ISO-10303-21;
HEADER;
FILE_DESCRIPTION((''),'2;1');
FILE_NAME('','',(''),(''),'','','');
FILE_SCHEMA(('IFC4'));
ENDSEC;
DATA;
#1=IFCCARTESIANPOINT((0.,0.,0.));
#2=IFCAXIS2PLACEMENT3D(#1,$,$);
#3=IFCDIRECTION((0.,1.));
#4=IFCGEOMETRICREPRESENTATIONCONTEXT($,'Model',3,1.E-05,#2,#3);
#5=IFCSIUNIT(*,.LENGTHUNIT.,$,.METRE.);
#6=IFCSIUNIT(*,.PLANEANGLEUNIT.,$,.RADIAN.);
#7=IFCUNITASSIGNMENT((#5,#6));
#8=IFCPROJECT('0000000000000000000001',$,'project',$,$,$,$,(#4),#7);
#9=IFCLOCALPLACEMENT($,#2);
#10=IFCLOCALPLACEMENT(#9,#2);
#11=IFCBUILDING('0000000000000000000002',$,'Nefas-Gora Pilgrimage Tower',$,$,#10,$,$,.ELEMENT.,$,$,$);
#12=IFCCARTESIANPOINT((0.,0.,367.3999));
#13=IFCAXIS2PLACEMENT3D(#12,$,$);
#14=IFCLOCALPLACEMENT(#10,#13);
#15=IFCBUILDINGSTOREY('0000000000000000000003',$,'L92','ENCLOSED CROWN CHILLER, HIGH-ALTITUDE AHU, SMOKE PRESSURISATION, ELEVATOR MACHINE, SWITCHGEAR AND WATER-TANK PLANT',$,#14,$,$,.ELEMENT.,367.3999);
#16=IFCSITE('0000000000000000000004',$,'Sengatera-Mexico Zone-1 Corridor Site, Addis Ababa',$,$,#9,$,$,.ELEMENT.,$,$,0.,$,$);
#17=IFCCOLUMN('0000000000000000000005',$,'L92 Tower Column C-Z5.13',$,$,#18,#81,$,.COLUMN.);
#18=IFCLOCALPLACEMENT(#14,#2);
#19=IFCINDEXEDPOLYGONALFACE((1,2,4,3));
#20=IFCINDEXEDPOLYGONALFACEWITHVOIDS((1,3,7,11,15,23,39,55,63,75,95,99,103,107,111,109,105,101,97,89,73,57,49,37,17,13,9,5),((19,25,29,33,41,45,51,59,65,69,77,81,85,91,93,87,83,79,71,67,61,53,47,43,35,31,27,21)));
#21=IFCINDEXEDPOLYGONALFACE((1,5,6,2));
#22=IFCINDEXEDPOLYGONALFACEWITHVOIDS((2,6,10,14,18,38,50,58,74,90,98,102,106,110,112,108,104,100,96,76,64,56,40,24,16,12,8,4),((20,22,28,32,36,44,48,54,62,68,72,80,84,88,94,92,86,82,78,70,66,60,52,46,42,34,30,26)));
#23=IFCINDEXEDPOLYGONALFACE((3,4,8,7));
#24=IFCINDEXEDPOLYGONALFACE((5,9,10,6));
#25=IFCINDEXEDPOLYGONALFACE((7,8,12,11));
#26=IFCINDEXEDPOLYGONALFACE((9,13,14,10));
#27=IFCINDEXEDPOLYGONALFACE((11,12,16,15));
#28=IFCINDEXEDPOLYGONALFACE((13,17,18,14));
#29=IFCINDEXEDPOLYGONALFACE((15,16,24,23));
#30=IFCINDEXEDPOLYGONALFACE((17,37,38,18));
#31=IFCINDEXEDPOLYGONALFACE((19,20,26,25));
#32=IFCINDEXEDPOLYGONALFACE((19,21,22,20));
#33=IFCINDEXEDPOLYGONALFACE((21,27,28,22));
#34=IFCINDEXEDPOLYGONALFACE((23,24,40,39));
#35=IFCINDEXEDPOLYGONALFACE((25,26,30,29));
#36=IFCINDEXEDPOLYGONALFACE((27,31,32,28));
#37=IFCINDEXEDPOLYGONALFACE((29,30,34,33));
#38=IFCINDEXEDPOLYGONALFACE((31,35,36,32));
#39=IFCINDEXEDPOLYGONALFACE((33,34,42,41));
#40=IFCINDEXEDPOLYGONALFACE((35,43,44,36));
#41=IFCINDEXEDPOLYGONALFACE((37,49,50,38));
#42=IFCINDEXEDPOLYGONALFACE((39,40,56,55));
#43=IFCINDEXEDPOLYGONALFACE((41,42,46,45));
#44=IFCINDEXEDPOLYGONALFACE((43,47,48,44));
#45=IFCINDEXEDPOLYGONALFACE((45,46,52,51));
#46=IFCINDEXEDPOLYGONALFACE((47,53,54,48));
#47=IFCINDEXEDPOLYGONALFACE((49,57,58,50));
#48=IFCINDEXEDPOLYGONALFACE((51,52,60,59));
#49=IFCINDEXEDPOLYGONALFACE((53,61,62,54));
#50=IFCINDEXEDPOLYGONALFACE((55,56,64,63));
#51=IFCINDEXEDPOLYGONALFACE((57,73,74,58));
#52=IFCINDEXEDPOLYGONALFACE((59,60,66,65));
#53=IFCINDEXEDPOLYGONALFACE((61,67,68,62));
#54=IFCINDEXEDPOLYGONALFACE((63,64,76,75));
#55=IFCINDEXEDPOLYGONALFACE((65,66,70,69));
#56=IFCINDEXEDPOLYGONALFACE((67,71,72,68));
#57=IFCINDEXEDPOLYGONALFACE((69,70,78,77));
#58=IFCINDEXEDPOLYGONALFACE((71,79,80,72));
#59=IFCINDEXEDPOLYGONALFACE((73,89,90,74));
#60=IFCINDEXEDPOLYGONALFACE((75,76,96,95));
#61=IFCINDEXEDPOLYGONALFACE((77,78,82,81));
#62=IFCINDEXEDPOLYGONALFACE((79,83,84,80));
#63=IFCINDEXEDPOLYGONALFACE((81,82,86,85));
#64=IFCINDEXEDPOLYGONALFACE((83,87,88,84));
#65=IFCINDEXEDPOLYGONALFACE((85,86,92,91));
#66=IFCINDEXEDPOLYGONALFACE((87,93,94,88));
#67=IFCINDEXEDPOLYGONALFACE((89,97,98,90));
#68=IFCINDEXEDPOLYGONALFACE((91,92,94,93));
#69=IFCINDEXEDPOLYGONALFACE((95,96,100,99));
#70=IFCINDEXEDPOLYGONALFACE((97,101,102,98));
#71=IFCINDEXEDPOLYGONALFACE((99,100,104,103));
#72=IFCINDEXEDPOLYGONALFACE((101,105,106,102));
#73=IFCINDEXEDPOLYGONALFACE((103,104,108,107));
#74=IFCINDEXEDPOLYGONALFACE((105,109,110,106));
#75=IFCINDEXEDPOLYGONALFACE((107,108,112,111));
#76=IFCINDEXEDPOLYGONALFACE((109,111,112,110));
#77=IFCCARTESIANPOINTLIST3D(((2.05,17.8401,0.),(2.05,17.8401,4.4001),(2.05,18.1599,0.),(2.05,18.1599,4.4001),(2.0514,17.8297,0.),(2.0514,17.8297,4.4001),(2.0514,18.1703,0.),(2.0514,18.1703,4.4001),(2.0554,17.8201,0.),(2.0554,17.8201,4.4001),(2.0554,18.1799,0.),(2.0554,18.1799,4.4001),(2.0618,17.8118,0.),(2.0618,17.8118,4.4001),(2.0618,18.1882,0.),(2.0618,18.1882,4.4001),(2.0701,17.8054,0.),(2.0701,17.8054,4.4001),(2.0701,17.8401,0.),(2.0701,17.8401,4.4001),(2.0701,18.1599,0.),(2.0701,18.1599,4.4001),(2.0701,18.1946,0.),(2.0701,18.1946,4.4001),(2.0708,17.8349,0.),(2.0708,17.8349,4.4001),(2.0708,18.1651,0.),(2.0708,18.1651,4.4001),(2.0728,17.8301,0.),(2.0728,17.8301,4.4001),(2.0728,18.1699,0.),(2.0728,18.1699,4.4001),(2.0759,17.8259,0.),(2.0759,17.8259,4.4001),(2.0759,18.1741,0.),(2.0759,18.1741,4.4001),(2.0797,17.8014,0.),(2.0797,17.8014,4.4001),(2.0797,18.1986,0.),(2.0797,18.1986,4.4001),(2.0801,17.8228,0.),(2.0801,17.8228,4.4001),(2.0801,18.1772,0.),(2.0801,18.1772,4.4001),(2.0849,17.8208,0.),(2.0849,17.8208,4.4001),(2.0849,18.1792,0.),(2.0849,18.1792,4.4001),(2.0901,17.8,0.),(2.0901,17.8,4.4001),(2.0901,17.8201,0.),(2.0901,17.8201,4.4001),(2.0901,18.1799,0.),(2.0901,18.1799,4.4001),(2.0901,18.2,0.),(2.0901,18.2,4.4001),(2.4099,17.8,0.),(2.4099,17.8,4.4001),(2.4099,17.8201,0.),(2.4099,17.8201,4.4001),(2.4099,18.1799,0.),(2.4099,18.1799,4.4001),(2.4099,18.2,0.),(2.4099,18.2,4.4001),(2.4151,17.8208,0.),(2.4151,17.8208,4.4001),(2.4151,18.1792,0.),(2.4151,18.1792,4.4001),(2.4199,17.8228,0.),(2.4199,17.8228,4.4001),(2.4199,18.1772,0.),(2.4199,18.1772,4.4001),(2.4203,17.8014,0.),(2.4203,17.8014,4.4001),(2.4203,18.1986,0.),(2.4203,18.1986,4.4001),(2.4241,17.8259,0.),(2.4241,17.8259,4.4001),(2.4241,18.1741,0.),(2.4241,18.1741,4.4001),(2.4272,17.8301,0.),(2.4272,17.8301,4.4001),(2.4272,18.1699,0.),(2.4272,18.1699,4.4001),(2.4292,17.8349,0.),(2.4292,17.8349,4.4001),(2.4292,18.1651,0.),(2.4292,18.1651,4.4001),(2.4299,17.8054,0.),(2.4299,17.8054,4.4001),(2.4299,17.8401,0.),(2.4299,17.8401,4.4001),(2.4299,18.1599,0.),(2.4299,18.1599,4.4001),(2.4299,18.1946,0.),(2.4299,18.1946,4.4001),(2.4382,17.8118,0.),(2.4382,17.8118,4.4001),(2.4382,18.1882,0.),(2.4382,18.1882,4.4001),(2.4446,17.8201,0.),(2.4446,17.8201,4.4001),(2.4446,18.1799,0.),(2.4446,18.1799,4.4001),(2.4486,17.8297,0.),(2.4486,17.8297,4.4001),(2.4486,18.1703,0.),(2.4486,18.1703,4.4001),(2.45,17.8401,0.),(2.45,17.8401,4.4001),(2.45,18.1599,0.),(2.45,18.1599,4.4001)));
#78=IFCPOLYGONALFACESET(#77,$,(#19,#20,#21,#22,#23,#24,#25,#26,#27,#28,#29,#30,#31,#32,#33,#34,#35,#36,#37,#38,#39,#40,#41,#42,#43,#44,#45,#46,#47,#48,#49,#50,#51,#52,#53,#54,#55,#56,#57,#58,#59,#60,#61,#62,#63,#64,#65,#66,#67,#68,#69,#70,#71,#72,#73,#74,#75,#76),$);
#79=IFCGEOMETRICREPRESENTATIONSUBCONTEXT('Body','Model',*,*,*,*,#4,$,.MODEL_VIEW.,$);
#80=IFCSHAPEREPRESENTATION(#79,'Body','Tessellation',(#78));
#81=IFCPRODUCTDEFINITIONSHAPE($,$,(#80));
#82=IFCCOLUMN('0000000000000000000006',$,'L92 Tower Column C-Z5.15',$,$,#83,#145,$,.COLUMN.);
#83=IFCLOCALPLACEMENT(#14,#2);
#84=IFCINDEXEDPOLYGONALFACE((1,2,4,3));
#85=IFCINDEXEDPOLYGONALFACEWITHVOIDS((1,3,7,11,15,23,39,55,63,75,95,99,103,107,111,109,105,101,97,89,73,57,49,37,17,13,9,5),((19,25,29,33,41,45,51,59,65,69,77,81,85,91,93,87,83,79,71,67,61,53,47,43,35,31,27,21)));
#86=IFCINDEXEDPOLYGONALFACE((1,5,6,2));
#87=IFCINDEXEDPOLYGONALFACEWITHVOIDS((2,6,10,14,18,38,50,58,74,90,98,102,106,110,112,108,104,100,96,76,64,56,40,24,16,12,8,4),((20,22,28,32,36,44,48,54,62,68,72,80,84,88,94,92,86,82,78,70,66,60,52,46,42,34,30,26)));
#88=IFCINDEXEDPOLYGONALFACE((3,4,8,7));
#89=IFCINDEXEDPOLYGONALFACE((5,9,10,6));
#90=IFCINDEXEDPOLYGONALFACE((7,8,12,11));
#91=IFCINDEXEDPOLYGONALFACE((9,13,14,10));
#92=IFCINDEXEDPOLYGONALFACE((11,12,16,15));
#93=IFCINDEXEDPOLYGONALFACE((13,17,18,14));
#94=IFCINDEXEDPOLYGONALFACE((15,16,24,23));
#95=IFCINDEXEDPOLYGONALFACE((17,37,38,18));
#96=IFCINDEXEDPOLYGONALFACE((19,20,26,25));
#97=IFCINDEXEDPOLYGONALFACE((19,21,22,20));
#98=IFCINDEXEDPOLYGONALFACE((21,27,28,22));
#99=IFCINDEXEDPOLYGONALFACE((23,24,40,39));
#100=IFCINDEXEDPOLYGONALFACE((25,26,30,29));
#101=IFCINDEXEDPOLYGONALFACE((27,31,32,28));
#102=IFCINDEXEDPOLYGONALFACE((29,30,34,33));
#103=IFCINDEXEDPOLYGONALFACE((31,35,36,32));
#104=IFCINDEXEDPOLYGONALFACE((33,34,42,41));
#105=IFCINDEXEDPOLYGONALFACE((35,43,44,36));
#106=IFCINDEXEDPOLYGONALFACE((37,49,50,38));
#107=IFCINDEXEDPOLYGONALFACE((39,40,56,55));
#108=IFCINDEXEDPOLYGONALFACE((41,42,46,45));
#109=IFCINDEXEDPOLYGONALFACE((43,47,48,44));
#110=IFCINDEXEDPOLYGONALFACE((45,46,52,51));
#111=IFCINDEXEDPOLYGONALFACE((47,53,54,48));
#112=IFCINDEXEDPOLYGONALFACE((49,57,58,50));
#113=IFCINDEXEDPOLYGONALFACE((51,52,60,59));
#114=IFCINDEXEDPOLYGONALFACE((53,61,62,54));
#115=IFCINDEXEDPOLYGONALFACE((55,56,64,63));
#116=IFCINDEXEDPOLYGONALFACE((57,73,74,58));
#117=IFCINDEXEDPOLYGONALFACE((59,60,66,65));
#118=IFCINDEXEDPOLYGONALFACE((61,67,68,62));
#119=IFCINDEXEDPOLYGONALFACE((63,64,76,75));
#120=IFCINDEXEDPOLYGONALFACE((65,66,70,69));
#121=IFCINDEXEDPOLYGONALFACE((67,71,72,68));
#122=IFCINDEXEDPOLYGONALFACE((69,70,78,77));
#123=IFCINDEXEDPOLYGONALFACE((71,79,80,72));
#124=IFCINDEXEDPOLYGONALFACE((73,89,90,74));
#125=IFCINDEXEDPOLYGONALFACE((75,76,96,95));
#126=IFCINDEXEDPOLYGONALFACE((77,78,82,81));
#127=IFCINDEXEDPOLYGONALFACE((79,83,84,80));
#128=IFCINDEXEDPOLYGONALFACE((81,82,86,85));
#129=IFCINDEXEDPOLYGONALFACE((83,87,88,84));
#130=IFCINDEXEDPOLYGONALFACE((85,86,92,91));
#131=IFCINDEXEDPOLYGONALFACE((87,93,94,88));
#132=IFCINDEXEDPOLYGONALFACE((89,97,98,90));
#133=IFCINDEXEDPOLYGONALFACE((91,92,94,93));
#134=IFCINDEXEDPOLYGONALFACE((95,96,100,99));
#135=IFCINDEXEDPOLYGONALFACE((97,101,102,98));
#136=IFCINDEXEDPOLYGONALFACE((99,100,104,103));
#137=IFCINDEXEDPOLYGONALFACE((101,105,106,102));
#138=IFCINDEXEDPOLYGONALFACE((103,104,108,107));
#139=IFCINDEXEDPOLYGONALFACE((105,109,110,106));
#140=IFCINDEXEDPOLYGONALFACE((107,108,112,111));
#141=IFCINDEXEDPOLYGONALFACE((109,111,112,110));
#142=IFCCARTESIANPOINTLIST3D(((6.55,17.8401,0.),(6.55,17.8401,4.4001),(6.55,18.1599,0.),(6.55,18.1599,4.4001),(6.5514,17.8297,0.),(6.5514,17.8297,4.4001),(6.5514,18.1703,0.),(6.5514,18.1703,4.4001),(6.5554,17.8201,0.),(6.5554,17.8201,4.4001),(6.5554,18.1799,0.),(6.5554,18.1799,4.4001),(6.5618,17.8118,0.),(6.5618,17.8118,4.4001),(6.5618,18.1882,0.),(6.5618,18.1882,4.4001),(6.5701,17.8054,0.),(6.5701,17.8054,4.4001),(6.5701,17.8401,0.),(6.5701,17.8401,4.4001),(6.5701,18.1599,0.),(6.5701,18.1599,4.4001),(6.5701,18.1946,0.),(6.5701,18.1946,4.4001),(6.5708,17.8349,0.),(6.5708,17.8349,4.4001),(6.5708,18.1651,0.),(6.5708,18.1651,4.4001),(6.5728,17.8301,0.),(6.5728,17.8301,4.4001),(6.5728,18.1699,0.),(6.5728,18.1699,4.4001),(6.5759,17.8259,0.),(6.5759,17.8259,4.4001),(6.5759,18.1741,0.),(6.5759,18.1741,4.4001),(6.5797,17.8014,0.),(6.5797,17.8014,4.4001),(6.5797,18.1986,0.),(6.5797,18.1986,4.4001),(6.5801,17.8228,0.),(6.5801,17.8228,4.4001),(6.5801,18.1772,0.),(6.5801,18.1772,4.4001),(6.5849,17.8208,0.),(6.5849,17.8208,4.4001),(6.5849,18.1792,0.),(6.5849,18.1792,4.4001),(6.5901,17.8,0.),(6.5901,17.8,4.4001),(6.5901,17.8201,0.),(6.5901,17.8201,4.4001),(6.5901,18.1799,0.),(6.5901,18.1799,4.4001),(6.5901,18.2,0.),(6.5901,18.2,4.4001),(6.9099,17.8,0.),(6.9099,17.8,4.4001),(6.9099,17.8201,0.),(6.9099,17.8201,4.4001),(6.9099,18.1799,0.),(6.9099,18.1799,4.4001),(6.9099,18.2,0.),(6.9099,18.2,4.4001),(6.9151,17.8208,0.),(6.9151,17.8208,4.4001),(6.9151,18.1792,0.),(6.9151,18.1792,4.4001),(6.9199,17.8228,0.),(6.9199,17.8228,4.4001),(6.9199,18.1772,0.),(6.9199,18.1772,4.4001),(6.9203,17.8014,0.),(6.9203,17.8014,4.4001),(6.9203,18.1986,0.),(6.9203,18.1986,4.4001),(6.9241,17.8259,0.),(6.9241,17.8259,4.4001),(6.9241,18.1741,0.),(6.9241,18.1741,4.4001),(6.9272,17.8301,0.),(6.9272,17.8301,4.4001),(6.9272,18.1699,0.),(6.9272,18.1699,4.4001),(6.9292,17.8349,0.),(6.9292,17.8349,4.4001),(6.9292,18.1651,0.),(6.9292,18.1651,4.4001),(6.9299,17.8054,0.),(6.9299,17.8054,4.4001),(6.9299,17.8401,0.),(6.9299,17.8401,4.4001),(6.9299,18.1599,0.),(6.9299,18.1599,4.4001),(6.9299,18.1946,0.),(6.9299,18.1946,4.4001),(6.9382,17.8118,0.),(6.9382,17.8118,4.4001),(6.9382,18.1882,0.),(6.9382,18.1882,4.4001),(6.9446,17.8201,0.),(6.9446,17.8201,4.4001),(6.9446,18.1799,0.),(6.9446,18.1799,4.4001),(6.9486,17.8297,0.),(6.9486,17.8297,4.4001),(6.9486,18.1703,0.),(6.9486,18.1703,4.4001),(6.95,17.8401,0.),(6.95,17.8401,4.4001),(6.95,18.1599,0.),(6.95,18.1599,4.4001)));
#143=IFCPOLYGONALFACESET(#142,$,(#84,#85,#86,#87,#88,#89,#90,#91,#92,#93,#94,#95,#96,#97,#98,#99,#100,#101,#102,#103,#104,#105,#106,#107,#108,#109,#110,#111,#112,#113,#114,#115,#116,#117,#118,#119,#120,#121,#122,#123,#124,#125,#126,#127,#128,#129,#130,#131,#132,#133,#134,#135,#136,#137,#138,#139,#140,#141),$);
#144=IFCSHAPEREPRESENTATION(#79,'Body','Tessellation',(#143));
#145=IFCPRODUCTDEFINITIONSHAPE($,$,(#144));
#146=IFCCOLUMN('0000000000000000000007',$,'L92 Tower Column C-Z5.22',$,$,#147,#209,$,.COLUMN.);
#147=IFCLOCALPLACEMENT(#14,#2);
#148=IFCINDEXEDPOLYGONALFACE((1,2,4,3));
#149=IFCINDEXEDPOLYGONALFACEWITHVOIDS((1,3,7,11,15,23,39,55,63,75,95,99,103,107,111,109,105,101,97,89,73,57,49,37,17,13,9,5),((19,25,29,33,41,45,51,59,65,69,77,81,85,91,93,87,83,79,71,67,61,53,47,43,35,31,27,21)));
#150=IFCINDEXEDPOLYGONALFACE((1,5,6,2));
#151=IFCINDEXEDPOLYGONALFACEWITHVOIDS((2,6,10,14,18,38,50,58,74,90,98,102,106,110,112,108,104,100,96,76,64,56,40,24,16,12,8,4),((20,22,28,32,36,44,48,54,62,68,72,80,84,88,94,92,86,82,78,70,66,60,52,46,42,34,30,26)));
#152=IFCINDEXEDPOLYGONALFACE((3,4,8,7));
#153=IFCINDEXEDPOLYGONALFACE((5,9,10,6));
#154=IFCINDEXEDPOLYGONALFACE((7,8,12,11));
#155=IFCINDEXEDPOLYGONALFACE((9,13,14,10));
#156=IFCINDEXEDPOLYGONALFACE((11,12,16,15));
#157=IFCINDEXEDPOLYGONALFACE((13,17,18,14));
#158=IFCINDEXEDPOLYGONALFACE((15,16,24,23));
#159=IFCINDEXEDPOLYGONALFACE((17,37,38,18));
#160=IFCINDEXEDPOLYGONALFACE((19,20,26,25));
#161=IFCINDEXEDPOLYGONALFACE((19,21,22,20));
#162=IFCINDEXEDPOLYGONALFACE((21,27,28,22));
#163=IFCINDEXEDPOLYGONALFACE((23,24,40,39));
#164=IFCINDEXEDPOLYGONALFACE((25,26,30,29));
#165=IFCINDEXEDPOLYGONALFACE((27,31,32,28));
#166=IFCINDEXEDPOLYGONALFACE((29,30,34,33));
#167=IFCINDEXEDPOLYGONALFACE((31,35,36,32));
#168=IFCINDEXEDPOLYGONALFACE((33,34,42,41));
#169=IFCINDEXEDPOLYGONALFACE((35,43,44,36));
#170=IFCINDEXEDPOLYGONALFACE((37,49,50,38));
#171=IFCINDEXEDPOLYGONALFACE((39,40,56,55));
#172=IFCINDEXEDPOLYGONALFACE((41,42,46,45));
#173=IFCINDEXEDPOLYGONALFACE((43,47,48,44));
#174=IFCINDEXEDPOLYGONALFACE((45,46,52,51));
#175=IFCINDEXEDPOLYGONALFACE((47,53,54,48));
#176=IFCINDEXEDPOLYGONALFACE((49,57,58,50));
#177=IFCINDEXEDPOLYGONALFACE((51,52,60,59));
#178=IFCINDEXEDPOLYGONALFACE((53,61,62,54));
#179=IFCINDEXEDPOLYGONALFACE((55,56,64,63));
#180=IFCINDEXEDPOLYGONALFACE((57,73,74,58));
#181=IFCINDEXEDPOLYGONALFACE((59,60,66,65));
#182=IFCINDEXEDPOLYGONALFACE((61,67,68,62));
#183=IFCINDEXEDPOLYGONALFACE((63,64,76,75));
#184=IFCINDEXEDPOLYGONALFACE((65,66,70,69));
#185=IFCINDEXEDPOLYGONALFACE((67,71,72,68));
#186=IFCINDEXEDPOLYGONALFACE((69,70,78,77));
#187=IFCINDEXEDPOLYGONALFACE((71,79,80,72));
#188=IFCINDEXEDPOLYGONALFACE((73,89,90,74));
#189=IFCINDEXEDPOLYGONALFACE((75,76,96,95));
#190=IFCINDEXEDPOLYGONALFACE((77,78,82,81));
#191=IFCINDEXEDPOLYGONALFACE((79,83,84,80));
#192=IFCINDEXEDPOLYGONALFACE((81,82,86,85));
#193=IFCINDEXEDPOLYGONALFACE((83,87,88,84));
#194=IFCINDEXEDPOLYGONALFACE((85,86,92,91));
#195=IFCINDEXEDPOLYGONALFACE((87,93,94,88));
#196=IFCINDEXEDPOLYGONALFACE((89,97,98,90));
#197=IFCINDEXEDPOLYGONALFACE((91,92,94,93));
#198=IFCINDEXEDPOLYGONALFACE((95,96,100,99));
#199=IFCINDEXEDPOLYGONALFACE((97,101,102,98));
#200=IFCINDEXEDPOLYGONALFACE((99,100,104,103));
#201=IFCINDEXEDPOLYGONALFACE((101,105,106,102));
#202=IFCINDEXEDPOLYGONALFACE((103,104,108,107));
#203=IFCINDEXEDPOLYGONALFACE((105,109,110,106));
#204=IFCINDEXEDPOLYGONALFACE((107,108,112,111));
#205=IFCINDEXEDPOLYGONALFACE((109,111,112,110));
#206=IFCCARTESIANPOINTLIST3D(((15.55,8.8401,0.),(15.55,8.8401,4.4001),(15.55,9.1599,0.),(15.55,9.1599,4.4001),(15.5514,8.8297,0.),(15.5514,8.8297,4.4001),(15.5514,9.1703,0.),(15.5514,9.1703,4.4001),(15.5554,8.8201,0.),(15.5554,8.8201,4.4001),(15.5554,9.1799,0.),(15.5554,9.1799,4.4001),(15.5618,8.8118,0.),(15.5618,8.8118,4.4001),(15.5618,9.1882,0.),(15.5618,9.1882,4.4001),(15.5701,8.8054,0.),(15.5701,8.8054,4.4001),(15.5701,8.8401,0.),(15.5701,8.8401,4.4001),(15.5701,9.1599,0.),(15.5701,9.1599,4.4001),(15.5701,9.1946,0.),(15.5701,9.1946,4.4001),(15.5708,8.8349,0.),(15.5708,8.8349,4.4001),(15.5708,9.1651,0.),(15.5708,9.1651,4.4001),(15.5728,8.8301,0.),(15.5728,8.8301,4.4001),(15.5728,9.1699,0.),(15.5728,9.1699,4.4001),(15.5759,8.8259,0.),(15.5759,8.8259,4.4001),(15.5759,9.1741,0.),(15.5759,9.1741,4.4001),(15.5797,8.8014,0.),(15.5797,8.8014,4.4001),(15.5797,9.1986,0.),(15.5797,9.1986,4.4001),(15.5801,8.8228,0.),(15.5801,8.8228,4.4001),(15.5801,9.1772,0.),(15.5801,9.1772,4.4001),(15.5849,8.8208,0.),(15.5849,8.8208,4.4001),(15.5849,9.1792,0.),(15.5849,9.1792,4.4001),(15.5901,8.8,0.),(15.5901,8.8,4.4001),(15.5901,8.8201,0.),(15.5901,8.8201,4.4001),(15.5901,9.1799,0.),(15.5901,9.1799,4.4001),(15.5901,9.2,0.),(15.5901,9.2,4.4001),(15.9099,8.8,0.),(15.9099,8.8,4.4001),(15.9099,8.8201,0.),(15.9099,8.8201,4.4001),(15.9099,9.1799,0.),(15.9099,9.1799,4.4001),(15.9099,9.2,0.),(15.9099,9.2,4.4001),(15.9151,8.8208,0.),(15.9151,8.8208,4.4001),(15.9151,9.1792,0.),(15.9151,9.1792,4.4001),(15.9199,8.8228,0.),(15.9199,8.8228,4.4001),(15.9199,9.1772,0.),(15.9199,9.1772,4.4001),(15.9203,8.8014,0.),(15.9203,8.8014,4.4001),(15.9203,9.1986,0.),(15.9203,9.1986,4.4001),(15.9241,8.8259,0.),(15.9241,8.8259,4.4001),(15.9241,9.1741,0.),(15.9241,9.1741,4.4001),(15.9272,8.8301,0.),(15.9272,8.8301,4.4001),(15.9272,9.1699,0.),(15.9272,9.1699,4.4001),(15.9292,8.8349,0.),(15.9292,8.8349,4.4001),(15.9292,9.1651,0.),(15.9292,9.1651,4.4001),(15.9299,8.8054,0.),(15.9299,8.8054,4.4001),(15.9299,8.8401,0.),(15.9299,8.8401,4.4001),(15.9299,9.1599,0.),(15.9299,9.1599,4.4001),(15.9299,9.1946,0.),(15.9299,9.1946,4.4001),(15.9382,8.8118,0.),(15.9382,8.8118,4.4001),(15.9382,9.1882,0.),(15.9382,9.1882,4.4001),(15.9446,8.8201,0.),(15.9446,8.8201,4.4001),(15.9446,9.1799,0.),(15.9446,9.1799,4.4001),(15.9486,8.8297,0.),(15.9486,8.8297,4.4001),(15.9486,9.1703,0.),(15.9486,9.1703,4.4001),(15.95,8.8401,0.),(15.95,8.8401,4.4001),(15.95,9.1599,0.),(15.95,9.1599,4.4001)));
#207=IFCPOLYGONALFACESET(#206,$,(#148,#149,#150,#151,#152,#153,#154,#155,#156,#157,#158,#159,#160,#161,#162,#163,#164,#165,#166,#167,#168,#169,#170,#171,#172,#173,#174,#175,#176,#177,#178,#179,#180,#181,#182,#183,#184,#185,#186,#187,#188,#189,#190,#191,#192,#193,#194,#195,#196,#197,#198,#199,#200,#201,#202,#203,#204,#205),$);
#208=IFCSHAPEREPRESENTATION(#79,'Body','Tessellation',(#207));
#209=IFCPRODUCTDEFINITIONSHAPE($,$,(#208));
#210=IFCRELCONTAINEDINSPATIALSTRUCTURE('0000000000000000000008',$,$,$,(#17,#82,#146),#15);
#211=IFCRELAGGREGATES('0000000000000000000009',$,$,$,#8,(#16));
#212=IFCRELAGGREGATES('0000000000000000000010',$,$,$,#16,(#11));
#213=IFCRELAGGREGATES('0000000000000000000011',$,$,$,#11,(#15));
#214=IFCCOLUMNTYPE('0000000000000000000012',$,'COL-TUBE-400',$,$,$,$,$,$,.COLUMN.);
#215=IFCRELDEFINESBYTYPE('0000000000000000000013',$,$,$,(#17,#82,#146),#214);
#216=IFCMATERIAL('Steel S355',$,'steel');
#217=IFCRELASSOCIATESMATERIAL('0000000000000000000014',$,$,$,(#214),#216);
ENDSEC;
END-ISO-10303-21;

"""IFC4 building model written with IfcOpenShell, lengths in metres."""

from ifc_helpers import new_model, si_unit, direction, frame, origin, origin_2d, place, context, subcontext, project, spatial, hollow_rectangle, extrude, source, transform, mapped, material, material_profile, profile_set, type_object, element, save


model = new_model("IFC4")

# Units and contexts
model_context = context("Model", 3, precision=1e-05, world=origin(), true_north=direction((0.0, 1.0)))
body_context = subcontext(model_context, "Body", "Model", "MODEL_VIEW")
ifc_project = project(units=[si_unit("LENGTHUNIT", "METRE"), si_unit("PLANEANGLEUNIT", "RADIAN")], contexts=[model_context])

# Site, building, storey
site_placement = place(None, origin())
site = spatial("IfcSite", under=ifc_project, at=site_placement, Name="Sengatera-Mexico Zone-1 Corridor Site, Addis Ababa", CompositionType="ELEMENT", RefElevation=0.0)
building_placement = place(site_placement, origin())
building = spatial("IfcBuilding", under=site, at=building_placement, Name="Nefas-Gora Pilgrimage Tower", CompositionType="ELEMENT")
storey_placement = place(building_placement, frame((0.0, 0.0, 367.3999)))
storey = spatial("IfcBuildingStorey", under=building, at=storey_placement, Name="L92", Description="ENCLOSED CROWN CHILLER, HIGH-ALTITUDE AHU, SMOKE PRESSURISATION, ELEVATOR MACHINE, SWITCHGEAR AND WATER-TANK PLANT", CompositionType="ELEMENT", Elevation=367.3999)

# Columns
ifc_material_1 = material(Name="Steel S355", Category="steel")
ifc_material_profile_1 = material_profile(ifc_material_1, hollow_rectangle(XDim=0.3999, YDim=0.3999, WallThickness=0.02, InnerFilletRadius=0.02, OuterFilletRadius=0.04, at=origin_2d()), Name="SHS 400x400x20")
ifc_profile_set_1 = profile_set([ifc_material_profile_1], Name="Steel S355")
column_type = type_object("IfcColumnType", Name="COL-TUBE-400", PredefinedType="COLUMN", material=ifc_profile_set_1)
shared_shape_1 = source(origin(), body_context, "Body", "SweptSolid", [
    extrude(hollow_rectangle(XDim=0.3999, YDim=0.3999, WallThickness=0.02, InnerFilletRadius=0.02, OuterFilletRadius=0.04, at=origin_2d()), origin(), (0.0, 0.0, 1.0), 4.4001),
])
for number, where, z_axis, x_axis, name in (
    (1, (2.25, 18.0, 0.0), (0.0, 0.0, 1.0), (1.0, 0.0, 0.0), "L92 Tower Column C-Z5.13"),
    (2, (6.75, 18.0, 0.0), (0.0, 0.0, 1.0), (1.0, 0.0, 0.0), "L92 Tower Column C-Z5.15"),
    (3, (15.75, 9.0, 0.0), (0.0, 0.0, 1.0), (1.0, 0.0, 0.0), "L92 Tower Column C-Z5.22"),
):
    element("IfcColumn", number, at=place(storey_placement, frame(where, z_axis=z_axis, x_axis=x_axis)), inside=storey, type_object=column_type, Name=name, PredefinedType="COLUMN", context=body_context, shape_type="MappedRepresentation", body=[
        mapped(shared_shape_1, transform((0.0, 0.0, 0.0), x_axis=(1.0, 0.0, 0.0), y_axis=(0.0, 1.0, 0.0), z_axis=(0.0, 0.0, 1.0), scale=1.0)),
    ])

save(model, "model.ifc")
